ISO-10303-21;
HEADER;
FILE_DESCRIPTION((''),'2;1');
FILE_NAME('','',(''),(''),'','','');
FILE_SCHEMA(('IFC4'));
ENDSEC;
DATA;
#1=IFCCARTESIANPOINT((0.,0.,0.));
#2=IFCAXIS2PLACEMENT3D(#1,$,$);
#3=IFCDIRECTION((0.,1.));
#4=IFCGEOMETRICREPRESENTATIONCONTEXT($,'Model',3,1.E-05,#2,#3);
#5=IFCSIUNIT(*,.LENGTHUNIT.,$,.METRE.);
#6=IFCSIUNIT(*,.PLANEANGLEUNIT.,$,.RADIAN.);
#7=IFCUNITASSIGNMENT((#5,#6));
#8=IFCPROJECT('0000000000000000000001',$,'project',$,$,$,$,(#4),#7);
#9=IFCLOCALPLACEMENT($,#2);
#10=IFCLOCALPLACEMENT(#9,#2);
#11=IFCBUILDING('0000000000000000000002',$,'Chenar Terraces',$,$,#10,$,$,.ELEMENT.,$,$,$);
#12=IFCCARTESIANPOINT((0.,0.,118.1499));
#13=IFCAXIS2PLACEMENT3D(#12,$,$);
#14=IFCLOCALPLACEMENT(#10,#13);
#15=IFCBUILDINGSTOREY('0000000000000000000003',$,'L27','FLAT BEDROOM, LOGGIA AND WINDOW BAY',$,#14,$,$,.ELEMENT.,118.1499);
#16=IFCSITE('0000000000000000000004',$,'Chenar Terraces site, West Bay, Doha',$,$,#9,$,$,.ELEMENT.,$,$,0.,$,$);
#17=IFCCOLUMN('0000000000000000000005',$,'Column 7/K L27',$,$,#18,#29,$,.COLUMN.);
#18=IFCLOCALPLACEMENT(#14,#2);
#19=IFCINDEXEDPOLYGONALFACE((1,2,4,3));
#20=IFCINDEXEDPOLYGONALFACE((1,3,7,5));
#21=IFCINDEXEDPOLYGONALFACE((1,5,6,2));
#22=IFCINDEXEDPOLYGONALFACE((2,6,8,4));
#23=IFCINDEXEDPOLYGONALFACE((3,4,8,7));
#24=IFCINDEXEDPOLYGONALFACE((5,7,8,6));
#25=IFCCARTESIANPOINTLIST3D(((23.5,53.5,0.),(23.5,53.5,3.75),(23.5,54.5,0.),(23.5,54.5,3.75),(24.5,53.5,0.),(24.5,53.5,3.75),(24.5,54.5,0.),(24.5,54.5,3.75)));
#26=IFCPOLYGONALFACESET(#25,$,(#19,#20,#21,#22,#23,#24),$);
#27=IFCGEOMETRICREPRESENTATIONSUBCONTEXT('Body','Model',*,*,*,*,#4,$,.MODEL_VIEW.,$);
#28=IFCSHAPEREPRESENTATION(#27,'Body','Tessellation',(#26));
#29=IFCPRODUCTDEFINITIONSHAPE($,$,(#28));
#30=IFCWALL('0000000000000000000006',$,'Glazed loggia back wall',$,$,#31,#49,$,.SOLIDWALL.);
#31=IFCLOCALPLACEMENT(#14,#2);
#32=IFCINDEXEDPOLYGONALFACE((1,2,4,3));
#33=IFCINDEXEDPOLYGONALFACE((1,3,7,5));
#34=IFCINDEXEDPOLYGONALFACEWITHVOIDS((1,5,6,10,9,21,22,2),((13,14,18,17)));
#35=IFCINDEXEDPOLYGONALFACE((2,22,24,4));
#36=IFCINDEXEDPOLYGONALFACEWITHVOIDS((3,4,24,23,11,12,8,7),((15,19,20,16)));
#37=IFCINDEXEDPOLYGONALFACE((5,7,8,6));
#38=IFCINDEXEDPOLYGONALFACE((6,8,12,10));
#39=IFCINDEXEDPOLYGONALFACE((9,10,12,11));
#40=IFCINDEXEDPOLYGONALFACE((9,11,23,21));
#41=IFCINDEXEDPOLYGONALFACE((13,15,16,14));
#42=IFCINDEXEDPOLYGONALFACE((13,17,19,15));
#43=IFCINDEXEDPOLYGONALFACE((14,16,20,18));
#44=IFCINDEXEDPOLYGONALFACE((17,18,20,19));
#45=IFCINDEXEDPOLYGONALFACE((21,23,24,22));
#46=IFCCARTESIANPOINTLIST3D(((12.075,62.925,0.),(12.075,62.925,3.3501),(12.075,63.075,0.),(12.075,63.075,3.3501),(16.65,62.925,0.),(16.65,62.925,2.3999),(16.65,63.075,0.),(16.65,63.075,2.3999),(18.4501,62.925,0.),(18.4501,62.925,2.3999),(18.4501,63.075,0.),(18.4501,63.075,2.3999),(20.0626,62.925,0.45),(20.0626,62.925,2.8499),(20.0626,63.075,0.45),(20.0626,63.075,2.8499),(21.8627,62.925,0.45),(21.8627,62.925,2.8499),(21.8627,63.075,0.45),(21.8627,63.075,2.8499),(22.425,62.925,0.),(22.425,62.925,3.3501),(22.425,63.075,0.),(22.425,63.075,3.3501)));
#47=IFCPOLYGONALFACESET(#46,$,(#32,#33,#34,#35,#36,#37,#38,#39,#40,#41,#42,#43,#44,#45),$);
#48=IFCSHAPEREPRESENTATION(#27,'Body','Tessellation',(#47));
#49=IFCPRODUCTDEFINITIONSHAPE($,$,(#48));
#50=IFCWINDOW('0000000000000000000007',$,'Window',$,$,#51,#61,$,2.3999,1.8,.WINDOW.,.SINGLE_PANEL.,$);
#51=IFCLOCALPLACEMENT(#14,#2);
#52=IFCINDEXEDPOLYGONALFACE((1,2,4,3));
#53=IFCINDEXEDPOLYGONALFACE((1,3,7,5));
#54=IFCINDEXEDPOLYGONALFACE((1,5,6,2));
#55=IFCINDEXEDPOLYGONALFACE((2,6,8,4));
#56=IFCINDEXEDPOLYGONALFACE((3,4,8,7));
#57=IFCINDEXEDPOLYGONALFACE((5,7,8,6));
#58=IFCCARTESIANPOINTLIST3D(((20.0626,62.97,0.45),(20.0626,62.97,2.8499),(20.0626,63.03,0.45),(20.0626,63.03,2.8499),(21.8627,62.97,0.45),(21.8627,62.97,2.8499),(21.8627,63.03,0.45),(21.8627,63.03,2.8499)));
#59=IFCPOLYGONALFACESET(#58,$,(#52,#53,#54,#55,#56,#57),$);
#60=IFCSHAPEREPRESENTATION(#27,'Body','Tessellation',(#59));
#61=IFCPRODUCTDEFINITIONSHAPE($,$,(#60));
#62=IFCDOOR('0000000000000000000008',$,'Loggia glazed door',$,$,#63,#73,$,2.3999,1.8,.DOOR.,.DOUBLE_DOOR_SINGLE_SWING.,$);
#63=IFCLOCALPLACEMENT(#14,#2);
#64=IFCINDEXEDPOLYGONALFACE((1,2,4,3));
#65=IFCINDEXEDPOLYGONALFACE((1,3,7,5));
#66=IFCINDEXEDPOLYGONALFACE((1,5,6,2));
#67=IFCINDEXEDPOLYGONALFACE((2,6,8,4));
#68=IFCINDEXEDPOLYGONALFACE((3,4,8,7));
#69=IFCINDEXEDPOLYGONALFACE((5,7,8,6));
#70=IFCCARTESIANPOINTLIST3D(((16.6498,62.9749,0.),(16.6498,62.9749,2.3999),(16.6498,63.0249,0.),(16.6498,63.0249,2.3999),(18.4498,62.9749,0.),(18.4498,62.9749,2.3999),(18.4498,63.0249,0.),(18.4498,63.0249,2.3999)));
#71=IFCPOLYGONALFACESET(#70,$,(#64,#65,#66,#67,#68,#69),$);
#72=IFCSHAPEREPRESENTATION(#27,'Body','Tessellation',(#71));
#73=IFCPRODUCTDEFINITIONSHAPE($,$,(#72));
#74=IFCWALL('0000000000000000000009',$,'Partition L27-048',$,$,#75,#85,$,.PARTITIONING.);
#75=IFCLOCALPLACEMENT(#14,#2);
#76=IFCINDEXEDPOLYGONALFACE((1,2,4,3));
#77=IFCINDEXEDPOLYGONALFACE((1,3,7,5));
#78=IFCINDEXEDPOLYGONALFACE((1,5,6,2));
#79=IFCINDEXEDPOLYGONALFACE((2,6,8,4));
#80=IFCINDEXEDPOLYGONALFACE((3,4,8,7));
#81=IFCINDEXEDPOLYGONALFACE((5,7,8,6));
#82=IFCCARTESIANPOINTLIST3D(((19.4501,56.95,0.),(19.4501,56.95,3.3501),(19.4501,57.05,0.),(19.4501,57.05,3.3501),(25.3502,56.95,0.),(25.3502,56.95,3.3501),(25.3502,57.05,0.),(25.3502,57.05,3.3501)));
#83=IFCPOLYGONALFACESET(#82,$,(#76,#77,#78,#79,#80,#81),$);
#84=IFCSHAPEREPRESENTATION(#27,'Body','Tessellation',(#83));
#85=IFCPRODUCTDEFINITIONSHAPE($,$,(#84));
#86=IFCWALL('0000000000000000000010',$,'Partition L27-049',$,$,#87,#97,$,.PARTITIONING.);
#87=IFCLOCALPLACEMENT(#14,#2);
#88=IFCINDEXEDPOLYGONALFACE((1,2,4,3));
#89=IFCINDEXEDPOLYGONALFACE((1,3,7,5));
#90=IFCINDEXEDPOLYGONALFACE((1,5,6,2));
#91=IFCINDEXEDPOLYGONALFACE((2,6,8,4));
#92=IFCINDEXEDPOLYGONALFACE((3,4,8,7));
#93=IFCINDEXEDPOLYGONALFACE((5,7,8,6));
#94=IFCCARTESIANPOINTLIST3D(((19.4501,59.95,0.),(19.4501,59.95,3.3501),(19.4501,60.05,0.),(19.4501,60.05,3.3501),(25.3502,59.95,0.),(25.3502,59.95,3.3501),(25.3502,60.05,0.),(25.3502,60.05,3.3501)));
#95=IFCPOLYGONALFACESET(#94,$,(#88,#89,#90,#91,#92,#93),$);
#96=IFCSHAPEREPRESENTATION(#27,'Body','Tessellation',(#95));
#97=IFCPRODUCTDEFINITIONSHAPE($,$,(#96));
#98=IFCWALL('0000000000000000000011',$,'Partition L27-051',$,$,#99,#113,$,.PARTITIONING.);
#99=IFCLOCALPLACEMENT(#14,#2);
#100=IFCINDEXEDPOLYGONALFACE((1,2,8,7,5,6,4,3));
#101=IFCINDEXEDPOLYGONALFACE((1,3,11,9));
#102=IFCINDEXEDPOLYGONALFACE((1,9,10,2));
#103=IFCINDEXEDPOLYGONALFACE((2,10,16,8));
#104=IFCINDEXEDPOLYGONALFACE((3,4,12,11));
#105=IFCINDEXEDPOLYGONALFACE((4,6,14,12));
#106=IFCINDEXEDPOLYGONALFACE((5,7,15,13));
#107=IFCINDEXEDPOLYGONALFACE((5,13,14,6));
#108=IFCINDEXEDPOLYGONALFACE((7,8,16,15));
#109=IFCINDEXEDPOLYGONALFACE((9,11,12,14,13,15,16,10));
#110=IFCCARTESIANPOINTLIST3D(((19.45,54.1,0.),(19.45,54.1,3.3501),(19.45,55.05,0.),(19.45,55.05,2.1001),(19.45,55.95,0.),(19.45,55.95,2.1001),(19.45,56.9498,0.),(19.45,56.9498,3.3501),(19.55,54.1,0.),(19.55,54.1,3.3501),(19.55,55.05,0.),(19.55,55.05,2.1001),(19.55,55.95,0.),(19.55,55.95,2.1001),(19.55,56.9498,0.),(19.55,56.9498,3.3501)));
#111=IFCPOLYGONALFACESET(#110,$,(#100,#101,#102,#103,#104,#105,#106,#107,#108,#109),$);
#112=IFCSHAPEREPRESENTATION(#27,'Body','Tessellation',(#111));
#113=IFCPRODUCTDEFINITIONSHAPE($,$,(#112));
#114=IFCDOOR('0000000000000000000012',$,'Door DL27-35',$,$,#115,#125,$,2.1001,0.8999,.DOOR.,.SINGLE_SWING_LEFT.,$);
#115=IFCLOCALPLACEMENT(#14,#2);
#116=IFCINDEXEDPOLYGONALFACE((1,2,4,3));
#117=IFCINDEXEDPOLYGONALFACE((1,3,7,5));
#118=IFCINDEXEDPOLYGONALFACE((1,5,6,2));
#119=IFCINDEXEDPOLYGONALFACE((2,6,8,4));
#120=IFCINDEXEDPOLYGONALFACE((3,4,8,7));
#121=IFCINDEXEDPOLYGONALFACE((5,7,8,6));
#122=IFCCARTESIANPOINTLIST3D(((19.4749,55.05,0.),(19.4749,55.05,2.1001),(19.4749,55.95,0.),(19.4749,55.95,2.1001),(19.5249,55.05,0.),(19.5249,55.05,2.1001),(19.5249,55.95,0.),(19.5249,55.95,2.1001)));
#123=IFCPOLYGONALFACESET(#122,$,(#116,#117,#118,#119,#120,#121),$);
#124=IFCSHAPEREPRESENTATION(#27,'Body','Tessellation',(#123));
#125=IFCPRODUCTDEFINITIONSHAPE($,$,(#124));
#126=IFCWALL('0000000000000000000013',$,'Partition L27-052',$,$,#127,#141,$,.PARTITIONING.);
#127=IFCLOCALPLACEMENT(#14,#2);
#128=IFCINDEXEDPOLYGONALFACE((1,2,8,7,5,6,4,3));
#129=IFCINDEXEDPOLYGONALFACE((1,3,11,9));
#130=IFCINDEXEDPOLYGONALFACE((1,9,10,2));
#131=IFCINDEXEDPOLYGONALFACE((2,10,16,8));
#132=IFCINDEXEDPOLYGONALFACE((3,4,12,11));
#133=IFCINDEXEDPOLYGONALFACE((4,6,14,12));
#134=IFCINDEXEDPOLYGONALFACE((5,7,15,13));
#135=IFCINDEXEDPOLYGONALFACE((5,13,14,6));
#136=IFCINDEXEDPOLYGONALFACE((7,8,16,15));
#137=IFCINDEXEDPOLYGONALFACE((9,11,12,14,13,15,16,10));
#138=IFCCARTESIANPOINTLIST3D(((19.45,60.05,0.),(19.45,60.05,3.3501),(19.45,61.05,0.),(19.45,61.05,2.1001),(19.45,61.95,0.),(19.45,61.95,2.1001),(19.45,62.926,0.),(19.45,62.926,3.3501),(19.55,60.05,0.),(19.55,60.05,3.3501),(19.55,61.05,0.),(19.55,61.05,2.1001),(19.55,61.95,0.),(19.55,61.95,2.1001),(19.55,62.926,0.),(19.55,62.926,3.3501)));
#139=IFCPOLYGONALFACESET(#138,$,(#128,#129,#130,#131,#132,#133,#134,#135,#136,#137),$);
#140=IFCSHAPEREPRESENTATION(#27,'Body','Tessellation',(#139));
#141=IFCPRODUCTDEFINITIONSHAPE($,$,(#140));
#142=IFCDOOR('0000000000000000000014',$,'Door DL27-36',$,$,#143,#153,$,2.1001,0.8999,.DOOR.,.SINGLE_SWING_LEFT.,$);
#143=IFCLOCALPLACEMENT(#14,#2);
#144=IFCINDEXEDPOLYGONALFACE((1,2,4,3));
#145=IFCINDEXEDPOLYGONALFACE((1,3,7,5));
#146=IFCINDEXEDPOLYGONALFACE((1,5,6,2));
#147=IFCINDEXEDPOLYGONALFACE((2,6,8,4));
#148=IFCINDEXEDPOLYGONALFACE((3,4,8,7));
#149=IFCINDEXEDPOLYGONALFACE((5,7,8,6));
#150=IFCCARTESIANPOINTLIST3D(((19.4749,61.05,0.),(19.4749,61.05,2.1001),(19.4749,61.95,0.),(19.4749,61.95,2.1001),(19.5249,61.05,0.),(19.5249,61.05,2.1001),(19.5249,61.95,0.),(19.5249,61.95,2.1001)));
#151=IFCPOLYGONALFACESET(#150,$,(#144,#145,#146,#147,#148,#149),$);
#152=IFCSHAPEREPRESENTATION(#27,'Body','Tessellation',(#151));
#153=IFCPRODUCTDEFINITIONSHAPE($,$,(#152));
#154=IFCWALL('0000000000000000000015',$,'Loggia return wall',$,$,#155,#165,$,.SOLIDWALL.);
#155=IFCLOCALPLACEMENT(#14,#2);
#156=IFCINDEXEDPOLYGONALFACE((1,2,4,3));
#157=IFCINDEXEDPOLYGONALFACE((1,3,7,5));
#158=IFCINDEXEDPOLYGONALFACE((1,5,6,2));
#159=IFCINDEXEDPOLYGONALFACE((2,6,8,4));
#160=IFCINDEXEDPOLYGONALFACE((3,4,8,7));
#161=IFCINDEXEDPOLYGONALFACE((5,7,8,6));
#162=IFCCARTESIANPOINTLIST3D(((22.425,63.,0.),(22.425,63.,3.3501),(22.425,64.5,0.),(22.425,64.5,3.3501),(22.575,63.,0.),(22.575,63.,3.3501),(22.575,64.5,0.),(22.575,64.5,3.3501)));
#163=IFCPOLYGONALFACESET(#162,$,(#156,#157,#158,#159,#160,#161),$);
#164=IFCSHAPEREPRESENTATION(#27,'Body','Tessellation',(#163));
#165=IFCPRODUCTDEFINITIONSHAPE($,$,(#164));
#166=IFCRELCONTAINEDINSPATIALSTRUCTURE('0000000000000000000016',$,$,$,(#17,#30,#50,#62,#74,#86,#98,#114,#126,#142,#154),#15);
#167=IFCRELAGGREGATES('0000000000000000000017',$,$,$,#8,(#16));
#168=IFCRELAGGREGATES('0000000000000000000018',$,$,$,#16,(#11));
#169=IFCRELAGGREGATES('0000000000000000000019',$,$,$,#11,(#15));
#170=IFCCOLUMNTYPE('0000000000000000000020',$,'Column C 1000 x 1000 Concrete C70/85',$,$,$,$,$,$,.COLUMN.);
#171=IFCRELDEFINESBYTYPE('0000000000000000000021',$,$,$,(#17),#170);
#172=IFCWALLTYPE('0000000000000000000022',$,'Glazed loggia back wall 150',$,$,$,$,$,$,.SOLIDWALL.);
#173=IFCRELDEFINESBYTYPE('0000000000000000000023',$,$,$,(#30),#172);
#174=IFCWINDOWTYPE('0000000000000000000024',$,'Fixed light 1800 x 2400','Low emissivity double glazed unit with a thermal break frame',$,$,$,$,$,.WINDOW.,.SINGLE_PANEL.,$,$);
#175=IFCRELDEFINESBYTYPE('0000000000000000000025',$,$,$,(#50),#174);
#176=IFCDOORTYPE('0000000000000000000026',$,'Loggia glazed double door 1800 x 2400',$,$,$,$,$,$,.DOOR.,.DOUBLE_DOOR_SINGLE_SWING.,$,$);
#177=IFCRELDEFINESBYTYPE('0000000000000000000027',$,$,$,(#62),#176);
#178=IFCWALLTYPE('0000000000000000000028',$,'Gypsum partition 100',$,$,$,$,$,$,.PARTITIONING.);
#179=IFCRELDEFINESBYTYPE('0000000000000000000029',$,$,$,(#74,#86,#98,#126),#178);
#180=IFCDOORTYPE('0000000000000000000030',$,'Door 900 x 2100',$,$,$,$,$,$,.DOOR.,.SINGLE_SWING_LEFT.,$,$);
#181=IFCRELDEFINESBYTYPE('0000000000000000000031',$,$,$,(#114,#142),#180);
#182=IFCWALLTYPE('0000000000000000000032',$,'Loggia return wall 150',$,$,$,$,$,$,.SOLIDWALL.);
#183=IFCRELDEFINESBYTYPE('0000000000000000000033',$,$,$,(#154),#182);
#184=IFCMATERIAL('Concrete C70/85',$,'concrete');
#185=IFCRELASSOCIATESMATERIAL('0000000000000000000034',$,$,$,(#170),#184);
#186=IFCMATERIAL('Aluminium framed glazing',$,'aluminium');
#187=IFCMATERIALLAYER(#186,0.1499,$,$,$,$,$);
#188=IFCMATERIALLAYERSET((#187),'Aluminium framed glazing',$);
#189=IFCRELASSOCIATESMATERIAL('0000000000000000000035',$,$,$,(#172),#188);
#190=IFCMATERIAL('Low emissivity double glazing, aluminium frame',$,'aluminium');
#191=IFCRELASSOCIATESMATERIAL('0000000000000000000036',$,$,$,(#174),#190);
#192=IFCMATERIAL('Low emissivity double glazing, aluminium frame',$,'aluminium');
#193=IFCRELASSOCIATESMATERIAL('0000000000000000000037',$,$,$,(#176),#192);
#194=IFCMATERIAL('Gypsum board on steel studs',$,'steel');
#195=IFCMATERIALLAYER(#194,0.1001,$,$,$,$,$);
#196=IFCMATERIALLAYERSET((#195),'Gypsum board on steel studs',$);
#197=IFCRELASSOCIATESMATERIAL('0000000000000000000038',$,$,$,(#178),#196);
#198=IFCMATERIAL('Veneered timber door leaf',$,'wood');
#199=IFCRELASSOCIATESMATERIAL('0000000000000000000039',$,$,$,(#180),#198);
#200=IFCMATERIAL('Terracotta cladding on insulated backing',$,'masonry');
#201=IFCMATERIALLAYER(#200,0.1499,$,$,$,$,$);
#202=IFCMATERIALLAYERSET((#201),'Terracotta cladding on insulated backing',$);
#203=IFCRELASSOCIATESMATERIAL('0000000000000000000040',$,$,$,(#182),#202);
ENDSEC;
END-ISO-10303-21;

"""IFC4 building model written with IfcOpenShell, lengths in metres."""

from ifc_helpers import new_model, si_unit, direction, frame, frame_2d, origin, origin_2d, place, context, subcontext, project, spatial, rectangle, extrude, material, layer, layer_set, material_profile, profile_set, type_object, element, fill, save


model = new_model("IFC4")

# Units and contexts
model_context = context("Model", 3, precision=1e-05, world=origin(), true_north=direction((0.0, 1.0)))
body_context = subcontext(model_context, "Body", "Model", "MODEL_VIEW")
ifc_project = project(units=[si_unit("LENGTHUNIT", "METRE"), si_unit("PLANEANGLEUNIT", "RADIAN")], contexts=[model_context])

# Site, building, storey
site_placement = place(None, origin())
site = spatial("IfcSite", under=ifc_project, at=site_placement, Name="Chenar Terraces site, West Bay, Doha", CompositionType="ELEMENT", RefElevation=0.0)
building_placement = place(site_placement, origin())
building = spatial("IfcBuilding", under=site, at=building_placement, Name="Chenar Terraces", CompositionType="ELEMENT")
storey_placement = place(building_placement, frame((0.0, 0.0, 118.1499)))
storey = spatial("IfcBuildingStorey", under=building, at=storey_placement, Name="L27", Description="FLAT BEDROOM, LOGGIA AND WINDOW BAY", CompositionType="ELEMENT", Elevation=118.1499)

# Column
ifc_material_1 = material(Name="Concrete C70/85", Category="concrete")
ifc_material_profile = material_profile(ifc_material_1, rectangle(XDim=1.0, YDim=1.0, at=origin_2d()), Name="C 1000 x 1000")
ifc_profile_set = profile_set([ifc_material_profile], Name="Concrete C70/85")
column_type = type_object("IfcColumnType", Name="Column C 1000 x 1000 Concrete C70/85", PredefinedType="COLUMN", material=ifc_profile_set)
column_placement = place(storey_placement, frame((24.0, 54.0, 0.0), z_axis=(0.0, 0.0, 1.0), x_axis=(1.0, 0.0, 0.0)))
element("IfcColumn", 1, at=column_placement, inside=storey, type_object=column_type, Name="Column 7/K L27", PredefinedType="COLUMN", context=body_context, shape_type="SweptSolid", body=[
    extrude(rectangle(XDim=1.0, YDim=1.0, at=origin_2d()), origin(), (0.0, 0.0, 1.0), 3.75),
])

# Wall, openings, window, door
ifc_material_2 = material(Name="Aluminium framed glazing", Category="aluminium")
ifc_layer_1 = layer(ifc_material_2, 0.1499)
ifc_layer_set_1 = layer_set([ifc_layer_1], Name="Aluminium framed glazing")
wall_type_1 = type_object("IfcWallType", Name="Glazed loggia back wall 150", PredefinedType="SOLIDWALL", material=ifc_layer_set_1)
wall_1_placement = place(storey_placement, frame((22.425, 63.0, 0.0), z_axis=(0.0, 0.0, 1.0), x_axis=(-1.0, 0.0, 0.0)))
wall_1 = element("IfcWall", 2, at=wall_1_placement, inside=storey, type_object=wall_type_1, Name="Glazed loggia back wall", PredefinedType="SOLIDWALL", context=body_context, shape_type="SweptSolid", body=[
    extrude(rectangle(XDim=10.3501, YDim=0.1499, at=frame_2d((5.175, 0.0))), origin(), (0.0, 0.0, 1.0), 3.3501),
])
opening_1_placement = place(wall_1_placement, frame((0.5625, 0.0, 0.45)))
opening_1 = element("IfcOpeningElement", 3, at=opening_1_placement, cuts=wall_1, PredefinedType="OPENING", context=body_context, shape_type="SweptSolid", body=[
    extrude(rectangle(XDim=1.8, YDim=2.3999, at=frame_2d((0.8999, 1.2))), frame((0.0, 0.085, 0.0), z_axis=(0.0, -1.0, 0.0), x_axis=(1.0, 0.0, 0.0)), (0.0, 0.0, 1.0), 0.1699),
])
opening_2_placement = place(wall_1_placement, frame((3.9751, 0.0, 0.0)))
opening_2 = element("IfcOpeningElement", 4, at=opening_2_placement, cuts=wall_1, PredefinedType="OPENING", context=body_context, shape_type="SweptSolid", body=[
    extrude(rectangle(XDim=1.8, YDim=2.3999, at=frame_2d((0.8999, 1.2))), frame((0.0, 0.085, 0.0), z_axis=(0.0, -1.0, 0.0), x_axis=(1.0, 0.0, 0.0)), (0.0, 0.0, 1.0), 0.1699),
])
ifc_material_3 = material(Name="Low emissivity double glazing, aluminium frame", Category="aluminium")
window_type = type_object("IfcWindowType", Name="Fixed light 1800 x 2400", Description="Low emissivity double glazed unit with a thermal break frame", PartitioningType="SINGLE_PANEL", PredefinedType="WINDOW", material=ifc_material_3)
window_placement = place(opening_1_placement, origin())
window = element("IfcWindow", 5, at=window_placement, inside=storey, type_object=window_type, Name="Window", OverallHeight=2.3999, OverallWidth=1.8, PartitioningType="SINGLE_PANEL", PredefinedType="WINDOW", context=body_context, shape_type="SweptSolid", body=[
    extrude(rectangle(XDim=1.8, YDim=2.3999, at=frame_2d((0.8999, 1.2))), frame((0.0, 0.03, 0.0), z_axis=(0.0, -1.0, 0.0), x_axis=(1.0, 0.0, 0.0)), (0.0, 0.0, 1.0), 0.0601),
])
fill(opening_1, window)
ifc_material_4 = material(Name="Low emissivity double glazing, aluminium frame", Category="aluminium")
door_type_1 = type_object("IfcDoorType", Name="Loggia glazed double door 1800 x 2400", OperationType="DOUBLE_DOOR_SINGLE_SWING", PredefinedType="DOOR", material=ifc_material_4)
door_1_placement = place(opening_2_placement, frame((1.8, 0.0, 0.0), z_axis=(0.0, 0.0, 1.0), x_axis=(-1.0, 0.0, 0.0)))
door_1 = element("IfcDoor", 6, at=door_1_placement, inside=storey, type_object=door_type_1, Name="Loggia glazed door", OperationType="DOUBLE_DOOR_SINGLE_SWING", OverallHeight=2.3999, OverallWidth=1.8, PredefinedType="DOOR", context=body_context, shape_type="SweptSolid", body=[
    extrude(rectangle(XDim=1.8, YDim=2.3999, at=frame_2d((0.8999, 1.2))), frame((0.0, 0.0249, 0.0), z_axis=(0.0, -1.0, 0.0), x_axis=(1.0, 0.0, 0.0)), (0.0, 0.0, 1.0), 0.05),
])
fill(opening_2, door_1)

# Walls
ifc_material_5 = material(Name="Gypsum board on steel studs", Category="steel")
ifc_layer_2 = layer(ifc_material_5, 0.1001)
ifc_layer_set_2 = layer_set([ifc_layer_2], Name="Gypsum board on steel studs")
wall_type_2 = type_object("IfcWallType", Name="Gypsum partition 100", PredefinedType="PARTITIONING", material=ifc_layer_set_2)
for number, where, z_axis, x_axis, name in (
    (7, (19.45, 57.0, 0.0), (0.0, 0.0, 1.0), (1.0, 0.0, 0.0), "Partition L27-048"),
    (8, (19.45, 60.0, 0.0), (0.0, 0.0, 1.0), (1.0, 0.0, 0.0), "Partition L27-049"),
):
    element("IfcWall", number, at=place(storey_placement, frame(where, z_axis=z_axis, x_axis=x_axis)), inside=storey, type_object=wall_type_2, Name=name, PredefinedType="PARTITIONING", context=body_context, shape_type="SweptSolid", body=[
        extrude(rectangle(XDim=5.9001, YDim=0.1001, at=frame_2d((2.9502, 0.0))), origin(), (0.0, 0.0, 1.0), 3.3501),
    ])

# Walls, openings, doors
wall_2_placement = place(storey_placement, frame((19.5, 54.1001, 0.0), z_axis=(0.0, 0.0, 1.0), x_axis=(0.0, 1.0, 0.0)))
wall_2 = element("IfcWall", 9, at=wall_2_placement, inside=storey, type_object=wall_type_2, Name="Partition L27-051", PredefinedType="PARTITIONING", context=body_context, shape_type="SweptSolid", body=[
    extrude(rectangle(XDim=2.8499, YDim=0.1001, at=frame_2d((1.4248, 0.0))), origin(), (0.0, 0.0, 1.0), 3.3501),
])
opening_3_placement = place(wall_2_placement, frame((0.95, 0.0, 0.0)))
opening_3 = element("IfcOpeningElement", 10, at=opening_3_placement, cuts=wall_2, PredefinedType="OPENING", context=body_context, shape_type="SweptSolid", body=[
    extrude(rectangle(XDim=0.8999, YDim=2.1001, at=frame_2d((0.45, 1.05))), frame((0.0, 0.0601, 0.0), z_axis=(0.0, -1.0, 0.0), x_axis=(1.0, 0.0, 0.0)), (0.0, 0.0, 1.0), 0.1201),
])
ifc_material_6 = material(Name="Veneered timber door leaf", Category="wood")
door_type_2 = type_object("IfcDoorType", Name="Door 900 x 2100", OperationType="SINGLE_SWING_LEFT", PredefinedType="DOOR", material=ifc_material_6)
door_2_placement = place(opening_3_placement, frame((0.8999, 0.0, 0.0), z_axis=(0.0, 0.0, 1.0), x_axis=(-1.0, 0.0, 0.0)))
door_2 = element("IfcDoor", 11, at=door_2_placement, inside=storey, type_object=door_type_2, Name="Door DL27-35", OperationType="SINGLE_SWING_LEFT", OverallHeight=2.1001, OverallWidth=0.8999, PredefinedType="DOOR", context=body_context, shape_type="SweptSolid", body=[
    extrude(rectangle(XDim=0.8999, YDim=2.1001, at=frame_2d((0.45, 1.05))), frame((0.0, 0.0249, 0.0), z_axis=(0.0, -1.0, 0.0), x_axis=(1.0, 0.0, 0.0)), (0.0, 0.0, 1.0), 0.05),
])
fill(opening_3, door_2)
wall_3_placement = place(storey_placement, frame((19.5, 60.05, 0.0), z_axis=(0.0, 0.0, 1.0), x_axis=(0.0, 1.0, 0.0)))
wall_3 = element("IfcWall", 12, at=wall_3_placement, inside=storey, type_object=wall_type_2, Name="Partition L27-052", PredefinedType="PARTITIONING", context=body_context, shape_type="SweptSolid", body=[
    extrude(rectangle(XDim=2.876, YDim=0.1001, at=frame_2d((1.438, 0.0))), origin(), (0.0, 0.0, 1.0), 3.3501),
])
opening_4_placement = place(wall_3_placement, frame((1.0, 0.0, 0.0)))
opening_4 = element("IfcOpeningElement", 13, at=opening_4_placement, cuts=wall_3, PredefinedType="OPENING", context=body_context, shape_type="SweptSolid", body=[
    extrude(rectangle(XDim=0.8999, YDim=2.1001, at=frame_2d((0.45, 1.05))), frame((0.0, 0.0601, 0.0), z_axis=(0.0, -1.0, 0.0), x_axis=(1.0, 0.0, 0.0)), (0.0, 0.0, 1.0), 0.1201),
])
door_3_placement = place(opening_4_placement, frame((0.8999, 0.0, 0.0), z_axis=(0.0, 0.0, 1.0), x_axis=(-1.0, 0.0, 0.0)))
door_3 = element("IfcDoor", 14, at=door_3_placement, inside=storey, type_object=door_type_2, Name="Door DL27-36", OperationType="SINGLE_SWING_LEFT", OverallHeight=2.1001, OverallWidth=0.8999, PredefinedType="DOOR", context=body_context, shape_type="SweptSolid", body=[
    extrude(rectangle(XDim=0.8999, YDim=2.1001, at=frame_2d((0.45, 1.05))), frame((0.0, 0.0249, 0.0), z_axis=(0.0, -1.0, 0.0), x_axis=(1.0, 0.0, 0.0)), (0.0, 0.0, 1.0), 0.05),
])
fill(opening_4, door_3)

# Wall
ifc_material_7 = material(Name="Terracotta cladding on insulated backing", Category="masonry")
ifc_layer_3 = layer(ifc_material_7, 0.1499)
ifc_layer_set_3 = layer_set([ifc_layer_3], Name="Terracotta cladding on insulated backing")
wall_type_3 = type_object("IfcWallType", Name="Loggia return wall 150", PredefinedType="SOLIDWALL", material=ifc_layer_set_3)
wall_4_placement = place(storey_placement, frame((22.5, 64.5, 0.0), z_axis=(0.0, 0.0, 1.0), x_axis=(0.0, -1.0, 0.0)))
element("IfcWall", 15, at=wall_4_placement, inside=storey, type_object=wall_type_3, Name="Loggia return wall", PredefinedType="SOLIDWALL", context=body_context, shape_type="SweptSolid", body=[
    extrude(rectangle(XDim=1.5, YDim=0.1499, at=frame_2d((0.75, 0.0))), origin(), (0.0, 0.0, 1.0), 3.3501),
])

save(model, "model.ifc")
